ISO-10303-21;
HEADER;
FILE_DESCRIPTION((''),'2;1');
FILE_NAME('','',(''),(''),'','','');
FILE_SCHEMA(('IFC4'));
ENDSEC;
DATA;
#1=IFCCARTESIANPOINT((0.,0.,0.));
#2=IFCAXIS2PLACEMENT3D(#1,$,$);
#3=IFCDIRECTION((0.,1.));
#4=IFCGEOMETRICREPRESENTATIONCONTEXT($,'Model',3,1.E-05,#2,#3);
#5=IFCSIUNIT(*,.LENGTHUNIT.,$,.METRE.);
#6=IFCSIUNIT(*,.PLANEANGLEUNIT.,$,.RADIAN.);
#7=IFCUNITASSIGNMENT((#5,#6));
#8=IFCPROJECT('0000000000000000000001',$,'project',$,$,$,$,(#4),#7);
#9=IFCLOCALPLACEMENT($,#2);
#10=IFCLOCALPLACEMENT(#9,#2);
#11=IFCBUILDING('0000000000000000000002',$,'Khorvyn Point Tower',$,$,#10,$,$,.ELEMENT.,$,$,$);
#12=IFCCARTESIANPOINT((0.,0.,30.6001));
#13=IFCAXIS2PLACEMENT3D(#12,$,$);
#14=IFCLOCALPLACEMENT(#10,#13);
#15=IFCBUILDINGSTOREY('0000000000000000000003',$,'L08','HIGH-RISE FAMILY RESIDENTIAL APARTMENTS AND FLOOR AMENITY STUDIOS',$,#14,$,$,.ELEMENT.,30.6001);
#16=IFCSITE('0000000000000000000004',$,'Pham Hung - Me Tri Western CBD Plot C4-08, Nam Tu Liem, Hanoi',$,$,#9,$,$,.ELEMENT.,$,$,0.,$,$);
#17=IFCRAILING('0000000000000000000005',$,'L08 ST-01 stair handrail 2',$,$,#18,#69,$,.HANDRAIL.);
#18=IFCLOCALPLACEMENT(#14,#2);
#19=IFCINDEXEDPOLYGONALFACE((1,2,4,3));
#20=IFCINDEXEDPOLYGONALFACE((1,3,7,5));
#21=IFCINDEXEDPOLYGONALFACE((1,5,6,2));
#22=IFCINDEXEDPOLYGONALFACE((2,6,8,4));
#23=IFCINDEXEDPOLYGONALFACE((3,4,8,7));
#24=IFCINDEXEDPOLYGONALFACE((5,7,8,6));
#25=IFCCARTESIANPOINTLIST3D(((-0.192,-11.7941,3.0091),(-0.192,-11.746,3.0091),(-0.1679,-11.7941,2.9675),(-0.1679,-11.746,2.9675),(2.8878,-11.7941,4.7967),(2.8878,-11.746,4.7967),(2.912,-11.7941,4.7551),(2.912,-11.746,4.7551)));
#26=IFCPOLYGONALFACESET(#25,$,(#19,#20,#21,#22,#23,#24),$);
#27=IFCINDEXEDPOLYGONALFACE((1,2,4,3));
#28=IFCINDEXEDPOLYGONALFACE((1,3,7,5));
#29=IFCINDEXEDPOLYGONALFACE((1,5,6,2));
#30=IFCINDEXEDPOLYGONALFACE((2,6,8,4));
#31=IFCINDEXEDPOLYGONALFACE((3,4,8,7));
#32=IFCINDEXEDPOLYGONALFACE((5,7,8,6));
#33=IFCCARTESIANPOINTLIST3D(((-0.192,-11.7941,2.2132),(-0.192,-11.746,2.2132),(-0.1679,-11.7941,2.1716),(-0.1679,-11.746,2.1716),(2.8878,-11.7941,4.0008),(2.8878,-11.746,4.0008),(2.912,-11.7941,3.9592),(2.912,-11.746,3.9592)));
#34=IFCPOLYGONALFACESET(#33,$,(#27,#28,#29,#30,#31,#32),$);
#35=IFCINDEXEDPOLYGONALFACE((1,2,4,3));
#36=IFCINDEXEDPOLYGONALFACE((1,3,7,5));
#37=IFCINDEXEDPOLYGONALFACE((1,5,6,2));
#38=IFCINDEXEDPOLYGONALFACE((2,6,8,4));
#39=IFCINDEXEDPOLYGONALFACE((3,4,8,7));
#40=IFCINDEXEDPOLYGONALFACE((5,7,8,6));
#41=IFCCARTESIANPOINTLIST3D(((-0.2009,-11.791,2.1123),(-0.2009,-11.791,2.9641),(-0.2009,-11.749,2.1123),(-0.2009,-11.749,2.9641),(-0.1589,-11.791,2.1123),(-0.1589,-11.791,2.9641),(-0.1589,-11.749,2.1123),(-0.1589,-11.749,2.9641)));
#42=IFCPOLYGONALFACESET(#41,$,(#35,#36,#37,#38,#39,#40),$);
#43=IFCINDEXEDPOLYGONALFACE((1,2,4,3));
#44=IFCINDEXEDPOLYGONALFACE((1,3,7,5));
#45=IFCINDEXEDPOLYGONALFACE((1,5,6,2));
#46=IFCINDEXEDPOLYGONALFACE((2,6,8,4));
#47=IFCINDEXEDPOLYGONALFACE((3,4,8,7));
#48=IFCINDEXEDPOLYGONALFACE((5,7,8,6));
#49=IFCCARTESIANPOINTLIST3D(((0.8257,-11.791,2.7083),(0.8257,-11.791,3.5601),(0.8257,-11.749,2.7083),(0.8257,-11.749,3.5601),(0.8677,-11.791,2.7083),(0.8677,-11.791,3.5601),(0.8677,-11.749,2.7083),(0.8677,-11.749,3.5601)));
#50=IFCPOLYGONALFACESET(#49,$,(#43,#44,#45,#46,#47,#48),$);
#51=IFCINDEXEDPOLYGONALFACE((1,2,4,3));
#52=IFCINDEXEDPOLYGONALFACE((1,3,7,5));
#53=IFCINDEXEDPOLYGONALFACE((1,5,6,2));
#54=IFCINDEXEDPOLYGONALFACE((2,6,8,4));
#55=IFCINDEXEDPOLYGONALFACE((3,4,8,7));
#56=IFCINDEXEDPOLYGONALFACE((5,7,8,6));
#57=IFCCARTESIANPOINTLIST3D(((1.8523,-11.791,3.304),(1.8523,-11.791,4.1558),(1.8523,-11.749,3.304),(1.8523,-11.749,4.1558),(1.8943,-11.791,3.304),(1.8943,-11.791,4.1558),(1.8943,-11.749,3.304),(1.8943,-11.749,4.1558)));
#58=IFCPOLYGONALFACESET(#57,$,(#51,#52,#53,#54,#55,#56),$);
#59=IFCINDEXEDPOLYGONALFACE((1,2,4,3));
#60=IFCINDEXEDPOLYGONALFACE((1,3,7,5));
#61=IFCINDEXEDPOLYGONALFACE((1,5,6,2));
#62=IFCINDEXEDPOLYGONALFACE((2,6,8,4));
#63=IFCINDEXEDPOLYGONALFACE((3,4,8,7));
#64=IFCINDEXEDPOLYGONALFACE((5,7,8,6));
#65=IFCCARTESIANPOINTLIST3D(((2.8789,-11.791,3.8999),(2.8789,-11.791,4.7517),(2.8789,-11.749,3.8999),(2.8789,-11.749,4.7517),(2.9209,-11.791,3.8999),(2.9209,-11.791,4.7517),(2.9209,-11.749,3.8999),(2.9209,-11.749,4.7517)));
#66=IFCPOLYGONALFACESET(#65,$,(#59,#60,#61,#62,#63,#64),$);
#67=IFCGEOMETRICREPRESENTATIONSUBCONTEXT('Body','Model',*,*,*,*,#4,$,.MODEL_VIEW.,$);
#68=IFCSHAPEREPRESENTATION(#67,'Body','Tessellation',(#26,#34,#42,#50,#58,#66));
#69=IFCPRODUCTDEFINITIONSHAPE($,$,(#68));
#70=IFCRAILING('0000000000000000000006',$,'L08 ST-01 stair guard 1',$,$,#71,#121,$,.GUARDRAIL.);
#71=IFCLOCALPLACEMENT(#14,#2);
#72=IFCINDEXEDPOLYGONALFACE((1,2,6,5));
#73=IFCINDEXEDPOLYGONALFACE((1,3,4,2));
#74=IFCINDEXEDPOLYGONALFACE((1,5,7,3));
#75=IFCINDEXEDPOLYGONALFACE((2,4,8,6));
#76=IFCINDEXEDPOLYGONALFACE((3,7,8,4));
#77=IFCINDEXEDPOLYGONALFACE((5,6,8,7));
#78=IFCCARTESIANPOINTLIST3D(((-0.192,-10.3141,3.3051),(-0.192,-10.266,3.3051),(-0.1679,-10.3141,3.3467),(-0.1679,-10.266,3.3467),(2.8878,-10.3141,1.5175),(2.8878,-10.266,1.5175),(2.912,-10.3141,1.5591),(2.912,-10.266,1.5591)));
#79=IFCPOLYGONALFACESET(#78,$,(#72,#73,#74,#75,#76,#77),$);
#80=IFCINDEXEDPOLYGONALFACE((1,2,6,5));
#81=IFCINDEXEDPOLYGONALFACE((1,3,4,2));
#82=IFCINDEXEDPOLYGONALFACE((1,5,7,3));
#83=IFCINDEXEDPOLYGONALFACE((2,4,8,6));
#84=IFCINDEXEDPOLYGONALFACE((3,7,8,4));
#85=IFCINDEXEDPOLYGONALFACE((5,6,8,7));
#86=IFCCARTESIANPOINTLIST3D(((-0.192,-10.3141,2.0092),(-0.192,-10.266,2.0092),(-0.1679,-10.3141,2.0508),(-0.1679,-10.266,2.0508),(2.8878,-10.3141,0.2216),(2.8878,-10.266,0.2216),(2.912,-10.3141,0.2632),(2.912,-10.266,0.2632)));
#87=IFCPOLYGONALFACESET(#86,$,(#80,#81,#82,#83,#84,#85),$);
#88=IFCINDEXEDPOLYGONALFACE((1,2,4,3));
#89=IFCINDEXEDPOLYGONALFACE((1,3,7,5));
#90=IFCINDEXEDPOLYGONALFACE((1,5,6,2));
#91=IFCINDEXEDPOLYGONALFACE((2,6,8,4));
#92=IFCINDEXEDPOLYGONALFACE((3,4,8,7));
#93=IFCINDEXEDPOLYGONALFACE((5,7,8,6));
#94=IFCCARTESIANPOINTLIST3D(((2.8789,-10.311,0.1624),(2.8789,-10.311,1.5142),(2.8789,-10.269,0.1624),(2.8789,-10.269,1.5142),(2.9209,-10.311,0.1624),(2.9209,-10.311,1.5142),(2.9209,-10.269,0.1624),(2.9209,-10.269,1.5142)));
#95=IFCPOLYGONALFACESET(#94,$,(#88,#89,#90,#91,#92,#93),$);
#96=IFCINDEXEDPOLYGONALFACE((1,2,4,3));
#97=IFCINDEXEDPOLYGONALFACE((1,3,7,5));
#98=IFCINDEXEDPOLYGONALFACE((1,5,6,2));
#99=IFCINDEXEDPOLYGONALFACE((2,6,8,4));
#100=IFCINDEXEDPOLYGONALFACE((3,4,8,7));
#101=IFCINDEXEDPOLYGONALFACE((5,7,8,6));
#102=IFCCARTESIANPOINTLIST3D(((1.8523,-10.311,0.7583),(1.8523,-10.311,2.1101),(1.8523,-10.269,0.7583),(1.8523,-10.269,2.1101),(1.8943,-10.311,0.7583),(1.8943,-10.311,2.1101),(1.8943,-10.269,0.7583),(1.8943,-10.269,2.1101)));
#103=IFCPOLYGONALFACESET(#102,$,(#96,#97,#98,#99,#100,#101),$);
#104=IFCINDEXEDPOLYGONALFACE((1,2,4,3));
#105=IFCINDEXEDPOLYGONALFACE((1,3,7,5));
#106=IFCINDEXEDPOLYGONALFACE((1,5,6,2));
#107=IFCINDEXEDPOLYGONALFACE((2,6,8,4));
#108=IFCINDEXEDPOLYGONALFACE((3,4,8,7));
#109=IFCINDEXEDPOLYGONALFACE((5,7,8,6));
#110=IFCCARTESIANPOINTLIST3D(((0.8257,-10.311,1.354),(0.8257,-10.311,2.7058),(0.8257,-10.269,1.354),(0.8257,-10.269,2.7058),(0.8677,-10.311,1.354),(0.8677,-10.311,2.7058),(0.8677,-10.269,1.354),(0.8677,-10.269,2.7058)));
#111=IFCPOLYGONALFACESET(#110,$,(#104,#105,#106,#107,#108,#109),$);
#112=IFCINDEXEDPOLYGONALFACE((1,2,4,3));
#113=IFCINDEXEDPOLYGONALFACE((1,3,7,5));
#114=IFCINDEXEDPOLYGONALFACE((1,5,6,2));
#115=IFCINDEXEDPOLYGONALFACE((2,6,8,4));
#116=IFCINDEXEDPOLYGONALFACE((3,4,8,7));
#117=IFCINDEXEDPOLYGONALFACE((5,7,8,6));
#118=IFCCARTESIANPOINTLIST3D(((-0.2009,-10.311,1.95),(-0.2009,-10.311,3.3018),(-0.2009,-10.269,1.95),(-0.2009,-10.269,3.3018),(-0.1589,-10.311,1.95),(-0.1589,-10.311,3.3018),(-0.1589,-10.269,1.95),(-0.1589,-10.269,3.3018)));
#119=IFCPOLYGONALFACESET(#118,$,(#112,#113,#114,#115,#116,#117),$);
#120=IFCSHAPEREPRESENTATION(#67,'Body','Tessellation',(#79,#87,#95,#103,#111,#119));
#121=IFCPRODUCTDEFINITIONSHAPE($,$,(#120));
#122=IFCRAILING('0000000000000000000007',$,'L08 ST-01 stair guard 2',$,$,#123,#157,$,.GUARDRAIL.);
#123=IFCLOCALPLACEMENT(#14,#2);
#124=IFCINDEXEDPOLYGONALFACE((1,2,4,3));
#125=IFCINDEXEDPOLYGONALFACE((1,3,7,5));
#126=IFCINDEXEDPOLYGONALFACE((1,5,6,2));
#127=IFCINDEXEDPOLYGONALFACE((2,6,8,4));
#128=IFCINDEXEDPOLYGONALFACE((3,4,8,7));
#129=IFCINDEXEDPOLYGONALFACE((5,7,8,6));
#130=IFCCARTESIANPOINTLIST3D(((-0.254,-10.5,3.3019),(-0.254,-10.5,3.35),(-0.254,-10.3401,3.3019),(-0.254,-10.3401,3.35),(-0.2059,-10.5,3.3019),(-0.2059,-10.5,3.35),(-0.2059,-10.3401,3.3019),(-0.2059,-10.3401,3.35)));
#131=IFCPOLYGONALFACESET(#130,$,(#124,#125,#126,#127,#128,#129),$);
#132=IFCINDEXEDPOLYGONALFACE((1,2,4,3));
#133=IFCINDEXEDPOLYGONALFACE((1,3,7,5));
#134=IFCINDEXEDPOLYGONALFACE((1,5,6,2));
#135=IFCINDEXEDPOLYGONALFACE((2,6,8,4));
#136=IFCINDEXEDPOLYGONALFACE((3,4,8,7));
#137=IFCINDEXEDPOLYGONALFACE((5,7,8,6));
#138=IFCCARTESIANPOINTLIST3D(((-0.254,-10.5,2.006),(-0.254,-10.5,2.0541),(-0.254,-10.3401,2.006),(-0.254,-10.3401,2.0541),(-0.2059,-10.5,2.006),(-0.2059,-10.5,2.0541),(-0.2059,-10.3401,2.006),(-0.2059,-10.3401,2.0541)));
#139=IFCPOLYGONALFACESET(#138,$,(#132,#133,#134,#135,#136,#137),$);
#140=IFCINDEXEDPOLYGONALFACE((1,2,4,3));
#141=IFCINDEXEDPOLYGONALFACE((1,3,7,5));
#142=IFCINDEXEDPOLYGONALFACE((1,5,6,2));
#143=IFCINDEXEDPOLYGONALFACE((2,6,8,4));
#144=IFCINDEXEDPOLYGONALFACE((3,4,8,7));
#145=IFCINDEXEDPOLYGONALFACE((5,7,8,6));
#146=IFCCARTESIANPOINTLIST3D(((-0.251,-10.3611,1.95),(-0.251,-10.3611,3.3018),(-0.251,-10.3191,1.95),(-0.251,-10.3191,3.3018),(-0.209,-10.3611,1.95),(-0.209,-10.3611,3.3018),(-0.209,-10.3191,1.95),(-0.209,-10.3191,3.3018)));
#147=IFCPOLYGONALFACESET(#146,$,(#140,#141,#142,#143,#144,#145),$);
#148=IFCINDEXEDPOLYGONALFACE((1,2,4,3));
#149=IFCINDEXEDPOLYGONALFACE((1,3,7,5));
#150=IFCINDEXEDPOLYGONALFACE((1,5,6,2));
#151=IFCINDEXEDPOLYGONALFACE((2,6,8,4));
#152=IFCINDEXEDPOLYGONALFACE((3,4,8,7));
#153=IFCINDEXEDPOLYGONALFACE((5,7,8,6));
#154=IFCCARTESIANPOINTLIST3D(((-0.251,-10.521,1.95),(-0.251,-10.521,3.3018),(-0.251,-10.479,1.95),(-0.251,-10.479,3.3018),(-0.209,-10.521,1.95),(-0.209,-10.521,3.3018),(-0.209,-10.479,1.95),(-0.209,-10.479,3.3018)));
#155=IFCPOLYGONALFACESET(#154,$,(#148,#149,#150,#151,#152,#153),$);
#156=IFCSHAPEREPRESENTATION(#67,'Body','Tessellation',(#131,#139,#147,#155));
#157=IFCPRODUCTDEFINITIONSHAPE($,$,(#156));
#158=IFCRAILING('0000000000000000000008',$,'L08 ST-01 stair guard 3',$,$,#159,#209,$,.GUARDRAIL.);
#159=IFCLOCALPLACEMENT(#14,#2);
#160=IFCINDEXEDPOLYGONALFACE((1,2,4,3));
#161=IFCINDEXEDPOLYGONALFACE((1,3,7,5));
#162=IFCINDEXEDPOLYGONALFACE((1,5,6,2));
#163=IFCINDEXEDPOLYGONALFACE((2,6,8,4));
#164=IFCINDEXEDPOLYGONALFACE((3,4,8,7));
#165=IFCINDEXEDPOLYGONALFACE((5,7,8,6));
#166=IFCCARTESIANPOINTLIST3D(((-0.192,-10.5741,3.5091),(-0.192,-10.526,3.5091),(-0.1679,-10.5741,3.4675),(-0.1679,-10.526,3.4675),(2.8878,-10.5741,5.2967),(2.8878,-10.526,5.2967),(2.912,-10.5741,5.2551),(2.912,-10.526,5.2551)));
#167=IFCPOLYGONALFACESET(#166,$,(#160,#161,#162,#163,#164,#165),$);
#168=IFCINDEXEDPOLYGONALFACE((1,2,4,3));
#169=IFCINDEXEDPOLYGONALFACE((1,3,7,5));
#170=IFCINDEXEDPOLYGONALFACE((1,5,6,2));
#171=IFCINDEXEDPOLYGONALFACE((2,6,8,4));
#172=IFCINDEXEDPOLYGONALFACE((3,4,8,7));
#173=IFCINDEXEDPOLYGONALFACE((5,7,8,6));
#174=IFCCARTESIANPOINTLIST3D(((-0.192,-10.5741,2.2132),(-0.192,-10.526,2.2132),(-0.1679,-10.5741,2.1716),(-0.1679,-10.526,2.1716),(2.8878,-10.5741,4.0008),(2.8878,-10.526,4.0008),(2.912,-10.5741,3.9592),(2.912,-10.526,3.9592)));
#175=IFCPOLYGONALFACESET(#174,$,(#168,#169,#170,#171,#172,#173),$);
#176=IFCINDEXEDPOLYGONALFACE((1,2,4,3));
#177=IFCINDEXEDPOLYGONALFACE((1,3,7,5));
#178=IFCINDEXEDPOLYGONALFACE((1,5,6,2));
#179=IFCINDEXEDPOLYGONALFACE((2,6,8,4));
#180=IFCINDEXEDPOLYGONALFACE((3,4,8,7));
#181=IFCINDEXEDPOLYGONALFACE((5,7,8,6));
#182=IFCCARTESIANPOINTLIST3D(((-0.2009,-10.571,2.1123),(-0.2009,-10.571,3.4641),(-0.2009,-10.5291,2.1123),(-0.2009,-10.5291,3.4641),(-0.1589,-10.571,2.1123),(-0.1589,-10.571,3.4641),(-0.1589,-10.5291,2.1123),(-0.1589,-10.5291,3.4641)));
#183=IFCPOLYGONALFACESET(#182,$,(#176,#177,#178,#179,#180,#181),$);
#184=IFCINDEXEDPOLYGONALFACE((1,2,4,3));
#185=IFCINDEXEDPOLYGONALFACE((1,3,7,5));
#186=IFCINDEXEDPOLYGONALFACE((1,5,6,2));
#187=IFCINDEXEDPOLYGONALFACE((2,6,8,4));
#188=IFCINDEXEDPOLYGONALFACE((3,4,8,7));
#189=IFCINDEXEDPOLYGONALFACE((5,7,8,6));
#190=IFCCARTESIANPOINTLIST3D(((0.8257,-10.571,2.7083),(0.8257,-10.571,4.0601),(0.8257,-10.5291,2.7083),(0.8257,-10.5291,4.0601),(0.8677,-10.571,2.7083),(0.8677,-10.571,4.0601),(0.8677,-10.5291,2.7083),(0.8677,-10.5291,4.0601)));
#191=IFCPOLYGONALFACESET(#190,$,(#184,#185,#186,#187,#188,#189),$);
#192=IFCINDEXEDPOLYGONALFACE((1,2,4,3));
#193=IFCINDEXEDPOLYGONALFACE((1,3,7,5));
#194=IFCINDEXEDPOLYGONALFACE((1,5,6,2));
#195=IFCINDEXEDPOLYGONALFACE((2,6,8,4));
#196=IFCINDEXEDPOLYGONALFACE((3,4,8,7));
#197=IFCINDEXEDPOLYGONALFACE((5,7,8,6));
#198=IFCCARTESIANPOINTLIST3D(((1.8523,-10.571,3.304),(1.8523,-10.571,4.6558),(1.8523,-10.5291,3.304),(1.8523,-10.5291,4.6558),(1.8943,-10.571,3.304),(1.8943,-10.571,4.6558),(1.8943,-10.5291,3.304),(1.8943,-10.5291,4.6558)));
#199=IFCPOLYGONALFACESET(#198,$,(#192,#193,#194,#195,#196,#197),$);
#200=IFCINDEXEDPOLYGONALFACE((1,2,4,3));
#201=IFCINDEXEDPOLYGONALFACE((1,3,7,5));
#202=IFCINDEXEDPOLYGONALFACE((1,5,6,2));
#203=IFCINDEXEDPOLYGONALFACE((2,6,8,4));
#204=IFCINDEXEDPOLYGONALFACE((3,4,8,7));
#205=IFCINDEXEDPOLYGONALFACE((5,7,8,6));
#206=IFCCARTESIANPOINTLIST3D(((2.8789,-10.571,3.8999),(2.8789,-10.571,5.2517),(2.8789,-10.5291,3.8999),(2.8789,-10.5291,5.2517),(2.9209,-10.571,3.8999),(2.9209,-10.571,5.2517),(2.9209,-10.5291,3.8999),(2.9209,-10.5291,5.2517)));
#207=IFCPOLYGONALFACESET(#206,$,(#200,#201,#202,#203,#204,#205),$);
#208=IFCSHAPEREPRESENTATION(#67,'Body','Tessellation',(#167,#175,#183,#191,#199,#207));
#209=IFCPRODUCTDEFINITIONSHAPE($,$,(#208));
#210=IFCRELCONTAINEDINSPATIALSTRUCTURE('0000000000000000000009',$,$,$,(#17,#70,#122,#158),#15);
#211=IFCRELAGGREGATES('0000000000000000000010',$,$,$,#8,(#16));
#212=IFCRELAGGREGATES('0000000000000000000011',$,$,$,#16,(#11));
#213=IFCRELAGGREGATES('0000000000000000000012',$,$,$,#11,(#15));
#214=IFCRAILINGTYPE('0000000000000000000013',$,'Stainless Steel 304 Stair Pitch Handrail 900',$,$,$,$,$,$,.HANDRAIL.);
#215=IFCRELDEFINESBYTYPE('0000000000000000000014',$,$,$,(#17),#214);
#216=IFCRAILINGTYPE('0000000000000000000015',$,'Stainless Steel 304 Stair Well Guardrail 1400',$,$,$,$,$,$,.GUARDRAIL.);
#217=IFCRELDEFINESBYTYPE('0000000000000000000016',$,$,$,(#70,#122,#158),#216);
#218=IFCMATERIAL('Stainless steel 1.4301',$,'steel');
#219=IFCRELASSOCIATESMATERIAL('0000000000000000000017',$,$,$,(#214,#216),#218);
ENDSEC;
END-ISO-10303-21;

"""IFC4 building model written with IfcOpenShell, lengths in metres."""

from ifc_helpers import new_model, si_unit, direction, frame, origin, origin_2d, place, context, subcontext, project, spatial, rectangle, extrude, material, type_object, element, save


model = new_model("IFC4")

# Units and contexts
model_context = context("Model", 3, precision=1e-05, world=origin(), true_north=direction((0.0, 1.0)))
body_context = subcontext(model_context, "Body", "Model", "MODEL_VIEW")
ifc_project = project(units=[si_unit("LENGTHUNIT", "METRE"), si_unit("PLANEANGLEUNIT", "RADIAN")], contexts=[model_context])

# Site, building, storey
site_placement = place(None, origin())
site = spatial("IfcSite", under=ifc_project, at=site_placement, Name="Pham Hung - Me Tri Western CBD Plot C4-08, Nam Tu Liem, Hanoi", CompositionType="ELEMENT", RefElevation=0.0)
building_placement = place(site_placement, origin())
building = spatial("IfcBuilding", under=site, at=building_placement, Name="Khorvyn Point Tower", CompositionType="ELEMENT")
storey_placement = place(building_placement, frame((0.0, 0.0, 30.6001)))
storey = spatial("IfcBuildingStorey", under=building, at=storey_placement, Name="L08", Description="HIGH-RISE FAMILY RESIDENTIAL APARTMENTS AND FLOOR AMENITY STUDIOS", CompositionType="ELEMENT", Elevation=30.6001)

# Shared definitions
ifc_material_1 = material(Name="Stainless steel 1.4301", Category="steel")

# Railings
railing_type_1 = type_object("IfcRailingType", Name="Stainless Steel 304 Stair Pitch Handrail 900", PredefinedType="HANDRAIL", material=ifc_material_1)
railing_1_placement = place(storey_placement, frame((-0.1799, -11.77, 2.1123)))
element("IfcRailing", 1, at=railing_1_placement, inside=storey, type_object=railing_type_1, Name="L08 ST-01 stair handrail 2", PredefinedType="HANDRAIL", context=body_context, shape_type="SweptSolid", body=[
    extrude(rectangle(XDim=0.0481, YDim=0.0481, at=origin_2d()), frame((0.0, 0.0, 0.876), z_axis=(0.864873, 0.0, 0.50199), x_axis=(0.0, 1.0, 0.0)), (0.0, 0.0, 1.0), 3.561),
    extrude(rectangle(XDim=0.0481, YDim=0.0481, at=origin_2d()), frame((0.0, 0.0, 0.0801), z_axis=(0.864873, 0.0, 0.50199), x_axis=(0.0, 1.0, 0.0)), (0.0, 0.0, 1.0), 3.561),
    extrude(rectangle(XDim=0.042, YDim=0.042, at=origin_2d()), origin(), (0.0, 0.0, 1.0), 0.8518),
    extrude(rectangle(XDim=0.042, YDim=0.042, at=origin_2d()), frame((1.0266, 0.0, 0.5959)), (0.0, 0.0, 1.0), 0.8518),
    extrude(rectangle(XDim=0.042, YDim=0.042, at=origin_2d()), frame((2.0532, 0.0, 1.1917)), (0.0, 0.0, 1.0), 0.8518),
    extrude(rectangle(XDim=0.042, YDim=0.042, at=origin_2d()), frame((3.0798, 0.0, 1.7876)), (0.0, 0.0, 1.0), 0.8518),
])
railing_type_2 = type_object("IfcRailingType", Name="Stainless Steel 304 Stair Well Guardrail 1400", PredefinedType="GUARDRAIL", material=ifc_material_1)
railing_2_placement = place(storey_placement, frame((2.8999, -10.29, 0.1624)))
element("IfcRailing", 2, at=railing_2_placement, inside=storey, type_object=railing_type_2, Name="L08 ST-01 stair guard 1", PredefinedType="GUARDRAIL", context=body_context, shape_type="SweptSolid", body=[
    extrude(rectangle(XDim=0.0481, YDim=0.0481, at=origin_2d()), frame((0.0, 0.0, 1.376), z_axis=(-0.864873, 0.0, 0.50199), x_axis=(0.0, -1.0, 0.0)), (0.0, 0.0, 1.0), 3.561),
    extrude(rectangle(XDim=0.0481, YDim=0.0481, at=origin_2d()), frame((0.0, 0.0, 0.0801), z_axis=(-0.864873, 0.0, 0.50199), x_axis=(0.0, -1.0, 0.0)), (0.0, 0.0, 1.0), 3.561),
    extrude(rectangle(XDim=0.042, YDim=0.042, at=origin_2d()), origin(), (0.0, 0.0, 1.0), 1.3518),
    extrude(rectangle(XDim=0.042, YDim=0.042, at=origin_2d()), frame((-1.0266, 0.0, 0.5959)), (0.0, 0.0, 1.0), 1.3518),
    extrude(rectangle(XDim=0.042, YDim=0.042, at=origin_2d()), frame((-2.0532, 0.0, 1.1917)), (0.0, 0.0, 1.0), 1.3518),
    extrude(rectangle(XDim=0.042, YDim=0.042, at=origin_2d()), frame((-3.0798, 0.0, 1.7876)), (0.0, 0.0, 1.0), 1.3518),
])
railing_3_placement = place(storey_placement, frame((-0.23, -10.3401, 1.95)))
element("IfcRailing", 3, at=railing_3_placement, inside=storey, type_object=railing_type_2, Name="L08 ST-01 stair guard 2", PredefinedType="GUARDRAIL", context=body_context, shape_type="SweptSolid", body=[
    extrude(rectangle(XDim=0.0481, YDim=0.0481, at=origin_2d()), frame((0.0, 0.0, 1.376), z_axis=(0.0, -1.0, 0.0), x_axis=(1.0, 0.0, 0.0)), (0.0, 0.0, 1.0), 0.1599),
    extrude(rectangle(XDim=0.0481, YDim=0.0481, at=origin_2d()), frame((0.0, 0.0, 0.0801), z_axis=(0.0, -1.0, 0.0), x_axis=(1.0, 0.0, 0.0)), (0.0, 0.0, 1.0), 0.1599),
    extrude(rectangle(XDim=0.042, YDim=0.042, at=origin_2d()), origin(), (0.0, 0.0, 1.0), 1.3518),
    extrude(rectangle(XDim=0.042, YDim=0.042, at=origin_2d()), frame((0.0, -0.1599, 0.0)), (0.0, 0.0, 1.0), 1.3518),
])
railing_4_placement = place(storey_placement, frame((-0.1799, -10.55, 2.1123)))
element("IfcRailing", 4, at=railing_4_placement, inside=storey, type_object=railing_type_2, Name="L08 ST-01 stair guard 3", PredefinedType="GUARDRAIL", context=body_context, shape_type="SweptSolid", body=[
    extrude(rectangle(XDim=0.0481, YDim=0.0481, at=origin_2d()), frame((0.0, 0.0, 1.376), z_axis=(0.864873, 0.0, 0.50199), x_axis=(0.0, 1.0, 0.0)), (0.0, 0.0, 1.0), 3.561),
    extrude(rectangle(XDim=0.0481, YDim=0.0481, at=origin_2d()), frame((0.0, 0.0, 0.0801), z_axis=(0.864873, 0.0, 0.50199), x_axis=(0.0, 1.0, 0.0)), (0.0, 0.0, 1.0), 3.561),
    extrude(rectangle(XDim=0.042, YDim=0.042, at=origin_2d()), origin(), (0.0, 0.0, 1.0), 1.3518),
    extrude(rectangle(XDim=0.042, YDim=0.042, at=origin_2d()), frame((1.0266, 0.0, 0.5959)), (0.0, 0.0, 1.0), 1.3518),
    extrude(rectangle(XDim=0.042, YDim=0.042, at=origin_2d()), frame((2.0532, 0.0, 1.1917)), (0.0, 0.0, 1.0), 1.3518),
    extrude(rectangle(XDim=0.042, YDim=0.042, at=origin_2d()), frame((3.0798, 0.0, 1.7876)), (0.0, 0.0, 1.0), 1.3518),
])

save(model, "model.ifc")
